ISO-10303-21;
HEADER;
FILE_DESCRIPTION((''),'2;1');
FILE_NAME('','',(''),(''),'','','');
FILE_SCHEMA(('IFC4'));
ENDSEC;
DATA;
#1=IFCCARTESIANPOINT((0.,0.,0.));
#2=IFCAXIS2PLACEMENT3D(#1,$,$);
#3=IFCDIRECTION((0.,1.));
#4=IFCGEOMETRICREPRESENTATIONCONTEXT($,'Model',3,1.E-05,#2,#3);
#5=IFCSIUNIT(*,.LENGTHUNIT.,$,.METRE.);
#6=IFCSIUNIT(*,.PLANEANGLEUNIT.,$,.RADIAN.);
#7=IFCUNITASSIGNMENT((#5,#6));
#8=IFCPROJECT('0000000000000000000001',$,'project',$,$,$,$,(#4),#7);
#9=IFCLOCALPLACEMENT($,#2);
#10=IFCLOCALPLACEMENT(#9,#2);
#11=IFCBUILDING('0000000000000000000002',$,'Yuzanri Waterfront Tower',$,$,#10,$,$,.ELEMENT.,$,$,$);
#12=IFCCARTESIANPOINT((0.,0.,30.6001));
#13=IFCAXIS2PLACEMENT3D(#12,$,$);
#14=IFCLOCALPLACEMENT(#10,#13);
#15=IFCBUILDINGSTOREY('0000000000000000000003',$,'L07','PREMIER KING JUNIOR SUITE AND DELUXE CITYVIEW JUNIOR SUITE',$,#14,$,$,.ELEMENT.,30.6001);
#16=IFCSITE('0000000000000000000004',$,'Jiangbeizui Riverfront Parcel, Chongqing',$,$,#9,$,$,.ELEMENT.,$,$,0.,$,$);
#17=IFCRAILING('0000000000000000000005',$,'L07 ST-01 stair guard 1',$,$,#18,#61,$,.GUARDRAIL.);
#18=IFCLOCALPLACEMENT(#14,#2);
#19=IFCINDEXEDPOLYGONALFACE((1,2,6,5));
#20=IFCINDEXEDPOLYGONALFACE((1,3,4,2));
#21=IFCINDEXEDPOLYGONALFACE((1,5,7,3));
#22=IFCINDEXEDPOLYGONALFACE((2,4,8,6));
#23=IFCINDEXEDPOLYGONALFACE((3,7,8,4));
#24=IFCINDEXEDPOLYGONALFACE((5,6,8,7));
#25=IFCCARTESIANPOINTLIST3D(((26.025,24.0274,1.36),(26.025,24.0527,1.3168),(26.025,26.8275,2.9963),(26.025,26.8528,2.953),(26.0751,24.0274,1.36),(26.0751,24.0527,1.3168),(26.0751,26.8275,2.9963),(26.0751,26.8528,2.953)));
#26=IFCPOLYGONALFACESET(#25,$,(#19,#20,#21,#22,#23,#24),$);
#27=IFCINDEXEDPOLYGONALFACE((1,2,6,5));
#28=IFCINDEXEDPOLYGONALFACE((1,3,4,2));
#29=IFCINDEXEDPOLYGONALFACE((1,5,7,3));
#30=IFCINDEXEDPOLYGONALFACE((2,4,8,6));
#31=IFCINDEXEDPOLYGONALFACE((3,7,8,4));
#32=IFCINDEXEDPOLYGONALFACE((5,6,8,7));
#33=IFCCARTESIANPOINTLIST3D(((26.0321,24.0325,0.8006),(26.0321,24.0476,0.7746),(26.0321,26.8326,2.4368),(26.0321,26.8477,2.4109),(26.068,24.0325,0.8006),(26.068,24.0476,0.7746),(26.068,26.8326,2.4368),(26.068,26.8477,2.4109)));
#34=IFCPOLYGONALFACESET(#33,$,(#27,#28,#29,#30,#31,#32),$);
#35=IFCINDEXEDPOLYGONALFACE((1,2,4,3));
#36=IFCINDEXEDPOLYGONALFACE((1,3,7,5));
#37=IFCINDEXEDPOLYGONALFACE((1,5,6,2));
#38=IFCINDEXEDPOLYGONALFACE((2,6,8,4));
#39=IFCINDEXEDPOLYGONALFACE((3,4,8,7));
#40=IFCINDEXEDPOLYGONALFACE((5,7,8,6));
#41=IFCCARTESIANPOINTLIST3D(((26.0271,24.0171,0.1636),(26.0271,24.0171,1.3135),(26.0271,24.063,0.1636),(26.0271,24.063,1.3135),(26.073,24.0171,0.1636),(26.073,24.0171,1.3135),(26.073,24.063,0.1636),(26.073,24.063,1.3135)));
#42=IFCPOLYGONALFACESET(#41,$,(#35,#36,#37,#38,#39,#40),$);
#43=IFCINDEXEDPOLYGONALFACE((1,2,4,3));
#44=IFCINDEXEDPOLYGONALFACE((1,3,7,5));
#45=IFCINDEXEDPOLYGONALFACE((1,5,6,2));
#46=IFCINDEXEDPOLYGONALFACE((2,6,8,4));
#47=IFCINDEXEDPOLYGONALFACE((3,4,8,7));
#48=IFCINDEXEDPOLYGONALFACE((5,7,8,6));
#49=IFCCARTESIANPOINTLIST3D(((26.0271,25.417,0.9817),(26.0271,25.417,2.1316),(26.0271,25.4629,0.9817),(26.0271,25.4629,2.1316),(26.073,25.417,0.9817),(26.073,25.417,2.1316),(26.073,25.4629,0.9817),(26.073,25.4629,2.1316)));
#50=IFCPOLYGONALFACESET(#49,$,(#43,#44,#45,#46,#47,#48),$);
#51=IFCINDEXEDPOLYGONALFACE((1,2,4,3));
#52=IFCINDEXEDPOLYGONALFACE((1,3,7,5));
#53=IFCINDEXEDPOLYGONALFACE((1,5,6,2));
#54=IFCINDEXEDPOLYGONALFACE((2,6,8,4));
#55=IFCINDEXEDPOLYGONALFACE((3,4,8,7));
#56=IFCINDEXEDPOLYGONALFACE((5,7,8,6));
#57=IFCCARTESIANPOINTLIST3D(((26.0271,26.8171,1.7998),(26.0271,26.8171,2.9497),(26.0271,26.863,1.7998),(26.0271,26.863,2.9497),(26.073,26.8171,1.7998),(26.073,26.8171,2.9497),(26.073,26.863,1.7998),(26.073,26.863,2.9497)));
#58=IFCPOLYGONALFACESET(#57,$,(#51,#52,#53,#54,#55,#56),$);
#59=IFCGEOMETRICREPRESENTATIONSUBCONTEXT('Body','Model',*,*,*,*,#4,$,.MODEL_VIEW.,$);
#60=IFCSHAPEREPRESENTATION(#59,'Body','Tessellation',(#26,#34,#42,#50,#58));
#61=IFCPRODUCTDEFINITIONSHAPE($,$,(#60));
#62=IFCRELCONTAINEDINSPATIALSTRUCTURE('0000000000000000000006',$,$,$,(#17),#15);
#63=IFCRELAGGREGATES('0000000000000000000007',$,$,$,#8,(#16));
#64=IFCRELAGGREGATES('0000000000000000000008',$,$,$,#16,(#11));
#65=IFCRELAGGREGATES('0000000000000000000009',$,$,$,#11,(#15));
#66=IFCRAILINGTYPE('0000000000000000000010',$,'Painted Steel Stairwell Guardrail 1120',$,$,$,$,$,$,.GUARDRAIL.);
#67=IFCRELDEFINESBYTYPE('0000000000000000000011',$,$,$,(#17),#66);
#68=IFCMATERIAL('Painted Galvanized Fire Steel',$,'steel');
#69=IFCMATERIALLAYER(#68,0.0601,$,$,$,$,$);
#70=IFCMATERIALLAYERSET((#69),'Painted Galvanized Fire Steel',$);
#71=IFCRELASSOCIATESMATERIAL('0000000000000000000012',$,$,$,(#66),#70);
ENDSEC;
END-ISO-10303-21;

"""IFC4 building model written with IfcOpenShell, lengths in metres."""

from ifc_helpers import new_model, si_unit, direction, frame, origin, origin_2d, place, context, subcontext, project, spatial, rectangle, extrude, source, transform, mapped, material, layer, layer_set, type_object, element, save


model = new_model("IFC4")

# Units and contexts
model_context = context("Model", 3, precision=1e-05, world=origin(), true_north=direction((0.0, 1.0)))
body_context = subcontext(model_context, "Body", "Model", "MODEL_VIEW")
ifc_project = project(units=[si_unit("LENGTHUNIT", "METRE"), si_unit("PLANEANGLEUNIT", "RADIAN")], contexts=[model_context])

# Site, building, storey
site_placement = place(None, origin())
site = spatial("IfcSite", under=ifc_project, at=site_placement, Name="Jiangbeizui Riverfront Parcel, Chongqing", CompositionType="ELEMENT", RefElevation=0.0)
building_placement = place(site_placement, origin())
building = spatial("IfcBuilding", under=site, at=building_placement, Name="Yuzanri Waterfront Tower", CompositionType="ELEMENT")
storey_placement = place(building_placement, frame((0.0, 0.0, 30.6001)))
storey = spatial("IfcBuildingStorey", under=building, at=storey_placement, Name="L07", Description="PREMIER KING JUNIOR SUITE AND DELUXE CITYVIEW JUNIOR SUITE", CompositionType="ELEMENT", Elevation=30.6001)

# Railing
ifc_material_1 = material(Name="Painted Galvanized Fire Steel", Category="steel")
ifc_layer_1 = layer(ifc_material_1, 0.0601)
ifc_layer_set_1 = layer_set([ifc_layer_1], Name="Painted Galvanized Fire Steel")
railing_type = type_object("IfcRailingType", Name="Painted Steel Stairwell Guardrail 1120", PredefinedType="GUARDRAIL", material=ifc_layer_set_1)
shared_shape_1 = source(origin(), body_context, "Body", "SweptSolid", [
    extrude(rectangle(XDim=0.05, YDim=0.05, at=origin_2d()), frame((0.0, 0.0, 1.1748), z_axis=(0.0, 0.863394, 0.504531), x_axis=(-1.0, 0.0, 0.0)), (0.0, 0.0, 1.0), 3.2432),
    extrude(rectangle(XDim=0.0359, YDim=0.03, at=origin_2d()), frame((0.0, 0.0, 0.624), z_axis=(0.0, 0.863394, 0.504531), x_axis=(-1.0, 0.0, 0.0)), (0.0, 0.0, 1.0), 3.2432),
    extrude(rectangle(XDim=0.0459, YDim=0.0459, at=origin_2d()), origin(), (0.0, 0.0, 1.0), 1.1499),
    extrude(rectangle(XDim=0.0459, YDim=0.0459, at=origin_2d()), frame((0.0, 1.3999, 0.8181)), (0.0, 0.0, 1.0), 1.1499),
    extrude(rectangle(XDim=0.0459, YDim=0.0459, at=origin_2d()), frame((0.0, 2.8, 1.6362)), (0.0, 0.0, 1.0), 1.1499),
])
railing_1_placement = place(storey_placement, frame((26.05, 24.04, 0.1636)))
element("IfcRailing", 1, at=railing_1_placement, inside=storey, type_object=railing_type, Name="L07 ST-01 stair guard 1", PredefinedType="GUARDRAIL", context=body_context, shape_type="MappedRepresentation", body=[
    mapped(shared_shape_1, transform((0.0, 0.0, 0.0), scale=1.0)),
])

save(model, "model.ifc")
